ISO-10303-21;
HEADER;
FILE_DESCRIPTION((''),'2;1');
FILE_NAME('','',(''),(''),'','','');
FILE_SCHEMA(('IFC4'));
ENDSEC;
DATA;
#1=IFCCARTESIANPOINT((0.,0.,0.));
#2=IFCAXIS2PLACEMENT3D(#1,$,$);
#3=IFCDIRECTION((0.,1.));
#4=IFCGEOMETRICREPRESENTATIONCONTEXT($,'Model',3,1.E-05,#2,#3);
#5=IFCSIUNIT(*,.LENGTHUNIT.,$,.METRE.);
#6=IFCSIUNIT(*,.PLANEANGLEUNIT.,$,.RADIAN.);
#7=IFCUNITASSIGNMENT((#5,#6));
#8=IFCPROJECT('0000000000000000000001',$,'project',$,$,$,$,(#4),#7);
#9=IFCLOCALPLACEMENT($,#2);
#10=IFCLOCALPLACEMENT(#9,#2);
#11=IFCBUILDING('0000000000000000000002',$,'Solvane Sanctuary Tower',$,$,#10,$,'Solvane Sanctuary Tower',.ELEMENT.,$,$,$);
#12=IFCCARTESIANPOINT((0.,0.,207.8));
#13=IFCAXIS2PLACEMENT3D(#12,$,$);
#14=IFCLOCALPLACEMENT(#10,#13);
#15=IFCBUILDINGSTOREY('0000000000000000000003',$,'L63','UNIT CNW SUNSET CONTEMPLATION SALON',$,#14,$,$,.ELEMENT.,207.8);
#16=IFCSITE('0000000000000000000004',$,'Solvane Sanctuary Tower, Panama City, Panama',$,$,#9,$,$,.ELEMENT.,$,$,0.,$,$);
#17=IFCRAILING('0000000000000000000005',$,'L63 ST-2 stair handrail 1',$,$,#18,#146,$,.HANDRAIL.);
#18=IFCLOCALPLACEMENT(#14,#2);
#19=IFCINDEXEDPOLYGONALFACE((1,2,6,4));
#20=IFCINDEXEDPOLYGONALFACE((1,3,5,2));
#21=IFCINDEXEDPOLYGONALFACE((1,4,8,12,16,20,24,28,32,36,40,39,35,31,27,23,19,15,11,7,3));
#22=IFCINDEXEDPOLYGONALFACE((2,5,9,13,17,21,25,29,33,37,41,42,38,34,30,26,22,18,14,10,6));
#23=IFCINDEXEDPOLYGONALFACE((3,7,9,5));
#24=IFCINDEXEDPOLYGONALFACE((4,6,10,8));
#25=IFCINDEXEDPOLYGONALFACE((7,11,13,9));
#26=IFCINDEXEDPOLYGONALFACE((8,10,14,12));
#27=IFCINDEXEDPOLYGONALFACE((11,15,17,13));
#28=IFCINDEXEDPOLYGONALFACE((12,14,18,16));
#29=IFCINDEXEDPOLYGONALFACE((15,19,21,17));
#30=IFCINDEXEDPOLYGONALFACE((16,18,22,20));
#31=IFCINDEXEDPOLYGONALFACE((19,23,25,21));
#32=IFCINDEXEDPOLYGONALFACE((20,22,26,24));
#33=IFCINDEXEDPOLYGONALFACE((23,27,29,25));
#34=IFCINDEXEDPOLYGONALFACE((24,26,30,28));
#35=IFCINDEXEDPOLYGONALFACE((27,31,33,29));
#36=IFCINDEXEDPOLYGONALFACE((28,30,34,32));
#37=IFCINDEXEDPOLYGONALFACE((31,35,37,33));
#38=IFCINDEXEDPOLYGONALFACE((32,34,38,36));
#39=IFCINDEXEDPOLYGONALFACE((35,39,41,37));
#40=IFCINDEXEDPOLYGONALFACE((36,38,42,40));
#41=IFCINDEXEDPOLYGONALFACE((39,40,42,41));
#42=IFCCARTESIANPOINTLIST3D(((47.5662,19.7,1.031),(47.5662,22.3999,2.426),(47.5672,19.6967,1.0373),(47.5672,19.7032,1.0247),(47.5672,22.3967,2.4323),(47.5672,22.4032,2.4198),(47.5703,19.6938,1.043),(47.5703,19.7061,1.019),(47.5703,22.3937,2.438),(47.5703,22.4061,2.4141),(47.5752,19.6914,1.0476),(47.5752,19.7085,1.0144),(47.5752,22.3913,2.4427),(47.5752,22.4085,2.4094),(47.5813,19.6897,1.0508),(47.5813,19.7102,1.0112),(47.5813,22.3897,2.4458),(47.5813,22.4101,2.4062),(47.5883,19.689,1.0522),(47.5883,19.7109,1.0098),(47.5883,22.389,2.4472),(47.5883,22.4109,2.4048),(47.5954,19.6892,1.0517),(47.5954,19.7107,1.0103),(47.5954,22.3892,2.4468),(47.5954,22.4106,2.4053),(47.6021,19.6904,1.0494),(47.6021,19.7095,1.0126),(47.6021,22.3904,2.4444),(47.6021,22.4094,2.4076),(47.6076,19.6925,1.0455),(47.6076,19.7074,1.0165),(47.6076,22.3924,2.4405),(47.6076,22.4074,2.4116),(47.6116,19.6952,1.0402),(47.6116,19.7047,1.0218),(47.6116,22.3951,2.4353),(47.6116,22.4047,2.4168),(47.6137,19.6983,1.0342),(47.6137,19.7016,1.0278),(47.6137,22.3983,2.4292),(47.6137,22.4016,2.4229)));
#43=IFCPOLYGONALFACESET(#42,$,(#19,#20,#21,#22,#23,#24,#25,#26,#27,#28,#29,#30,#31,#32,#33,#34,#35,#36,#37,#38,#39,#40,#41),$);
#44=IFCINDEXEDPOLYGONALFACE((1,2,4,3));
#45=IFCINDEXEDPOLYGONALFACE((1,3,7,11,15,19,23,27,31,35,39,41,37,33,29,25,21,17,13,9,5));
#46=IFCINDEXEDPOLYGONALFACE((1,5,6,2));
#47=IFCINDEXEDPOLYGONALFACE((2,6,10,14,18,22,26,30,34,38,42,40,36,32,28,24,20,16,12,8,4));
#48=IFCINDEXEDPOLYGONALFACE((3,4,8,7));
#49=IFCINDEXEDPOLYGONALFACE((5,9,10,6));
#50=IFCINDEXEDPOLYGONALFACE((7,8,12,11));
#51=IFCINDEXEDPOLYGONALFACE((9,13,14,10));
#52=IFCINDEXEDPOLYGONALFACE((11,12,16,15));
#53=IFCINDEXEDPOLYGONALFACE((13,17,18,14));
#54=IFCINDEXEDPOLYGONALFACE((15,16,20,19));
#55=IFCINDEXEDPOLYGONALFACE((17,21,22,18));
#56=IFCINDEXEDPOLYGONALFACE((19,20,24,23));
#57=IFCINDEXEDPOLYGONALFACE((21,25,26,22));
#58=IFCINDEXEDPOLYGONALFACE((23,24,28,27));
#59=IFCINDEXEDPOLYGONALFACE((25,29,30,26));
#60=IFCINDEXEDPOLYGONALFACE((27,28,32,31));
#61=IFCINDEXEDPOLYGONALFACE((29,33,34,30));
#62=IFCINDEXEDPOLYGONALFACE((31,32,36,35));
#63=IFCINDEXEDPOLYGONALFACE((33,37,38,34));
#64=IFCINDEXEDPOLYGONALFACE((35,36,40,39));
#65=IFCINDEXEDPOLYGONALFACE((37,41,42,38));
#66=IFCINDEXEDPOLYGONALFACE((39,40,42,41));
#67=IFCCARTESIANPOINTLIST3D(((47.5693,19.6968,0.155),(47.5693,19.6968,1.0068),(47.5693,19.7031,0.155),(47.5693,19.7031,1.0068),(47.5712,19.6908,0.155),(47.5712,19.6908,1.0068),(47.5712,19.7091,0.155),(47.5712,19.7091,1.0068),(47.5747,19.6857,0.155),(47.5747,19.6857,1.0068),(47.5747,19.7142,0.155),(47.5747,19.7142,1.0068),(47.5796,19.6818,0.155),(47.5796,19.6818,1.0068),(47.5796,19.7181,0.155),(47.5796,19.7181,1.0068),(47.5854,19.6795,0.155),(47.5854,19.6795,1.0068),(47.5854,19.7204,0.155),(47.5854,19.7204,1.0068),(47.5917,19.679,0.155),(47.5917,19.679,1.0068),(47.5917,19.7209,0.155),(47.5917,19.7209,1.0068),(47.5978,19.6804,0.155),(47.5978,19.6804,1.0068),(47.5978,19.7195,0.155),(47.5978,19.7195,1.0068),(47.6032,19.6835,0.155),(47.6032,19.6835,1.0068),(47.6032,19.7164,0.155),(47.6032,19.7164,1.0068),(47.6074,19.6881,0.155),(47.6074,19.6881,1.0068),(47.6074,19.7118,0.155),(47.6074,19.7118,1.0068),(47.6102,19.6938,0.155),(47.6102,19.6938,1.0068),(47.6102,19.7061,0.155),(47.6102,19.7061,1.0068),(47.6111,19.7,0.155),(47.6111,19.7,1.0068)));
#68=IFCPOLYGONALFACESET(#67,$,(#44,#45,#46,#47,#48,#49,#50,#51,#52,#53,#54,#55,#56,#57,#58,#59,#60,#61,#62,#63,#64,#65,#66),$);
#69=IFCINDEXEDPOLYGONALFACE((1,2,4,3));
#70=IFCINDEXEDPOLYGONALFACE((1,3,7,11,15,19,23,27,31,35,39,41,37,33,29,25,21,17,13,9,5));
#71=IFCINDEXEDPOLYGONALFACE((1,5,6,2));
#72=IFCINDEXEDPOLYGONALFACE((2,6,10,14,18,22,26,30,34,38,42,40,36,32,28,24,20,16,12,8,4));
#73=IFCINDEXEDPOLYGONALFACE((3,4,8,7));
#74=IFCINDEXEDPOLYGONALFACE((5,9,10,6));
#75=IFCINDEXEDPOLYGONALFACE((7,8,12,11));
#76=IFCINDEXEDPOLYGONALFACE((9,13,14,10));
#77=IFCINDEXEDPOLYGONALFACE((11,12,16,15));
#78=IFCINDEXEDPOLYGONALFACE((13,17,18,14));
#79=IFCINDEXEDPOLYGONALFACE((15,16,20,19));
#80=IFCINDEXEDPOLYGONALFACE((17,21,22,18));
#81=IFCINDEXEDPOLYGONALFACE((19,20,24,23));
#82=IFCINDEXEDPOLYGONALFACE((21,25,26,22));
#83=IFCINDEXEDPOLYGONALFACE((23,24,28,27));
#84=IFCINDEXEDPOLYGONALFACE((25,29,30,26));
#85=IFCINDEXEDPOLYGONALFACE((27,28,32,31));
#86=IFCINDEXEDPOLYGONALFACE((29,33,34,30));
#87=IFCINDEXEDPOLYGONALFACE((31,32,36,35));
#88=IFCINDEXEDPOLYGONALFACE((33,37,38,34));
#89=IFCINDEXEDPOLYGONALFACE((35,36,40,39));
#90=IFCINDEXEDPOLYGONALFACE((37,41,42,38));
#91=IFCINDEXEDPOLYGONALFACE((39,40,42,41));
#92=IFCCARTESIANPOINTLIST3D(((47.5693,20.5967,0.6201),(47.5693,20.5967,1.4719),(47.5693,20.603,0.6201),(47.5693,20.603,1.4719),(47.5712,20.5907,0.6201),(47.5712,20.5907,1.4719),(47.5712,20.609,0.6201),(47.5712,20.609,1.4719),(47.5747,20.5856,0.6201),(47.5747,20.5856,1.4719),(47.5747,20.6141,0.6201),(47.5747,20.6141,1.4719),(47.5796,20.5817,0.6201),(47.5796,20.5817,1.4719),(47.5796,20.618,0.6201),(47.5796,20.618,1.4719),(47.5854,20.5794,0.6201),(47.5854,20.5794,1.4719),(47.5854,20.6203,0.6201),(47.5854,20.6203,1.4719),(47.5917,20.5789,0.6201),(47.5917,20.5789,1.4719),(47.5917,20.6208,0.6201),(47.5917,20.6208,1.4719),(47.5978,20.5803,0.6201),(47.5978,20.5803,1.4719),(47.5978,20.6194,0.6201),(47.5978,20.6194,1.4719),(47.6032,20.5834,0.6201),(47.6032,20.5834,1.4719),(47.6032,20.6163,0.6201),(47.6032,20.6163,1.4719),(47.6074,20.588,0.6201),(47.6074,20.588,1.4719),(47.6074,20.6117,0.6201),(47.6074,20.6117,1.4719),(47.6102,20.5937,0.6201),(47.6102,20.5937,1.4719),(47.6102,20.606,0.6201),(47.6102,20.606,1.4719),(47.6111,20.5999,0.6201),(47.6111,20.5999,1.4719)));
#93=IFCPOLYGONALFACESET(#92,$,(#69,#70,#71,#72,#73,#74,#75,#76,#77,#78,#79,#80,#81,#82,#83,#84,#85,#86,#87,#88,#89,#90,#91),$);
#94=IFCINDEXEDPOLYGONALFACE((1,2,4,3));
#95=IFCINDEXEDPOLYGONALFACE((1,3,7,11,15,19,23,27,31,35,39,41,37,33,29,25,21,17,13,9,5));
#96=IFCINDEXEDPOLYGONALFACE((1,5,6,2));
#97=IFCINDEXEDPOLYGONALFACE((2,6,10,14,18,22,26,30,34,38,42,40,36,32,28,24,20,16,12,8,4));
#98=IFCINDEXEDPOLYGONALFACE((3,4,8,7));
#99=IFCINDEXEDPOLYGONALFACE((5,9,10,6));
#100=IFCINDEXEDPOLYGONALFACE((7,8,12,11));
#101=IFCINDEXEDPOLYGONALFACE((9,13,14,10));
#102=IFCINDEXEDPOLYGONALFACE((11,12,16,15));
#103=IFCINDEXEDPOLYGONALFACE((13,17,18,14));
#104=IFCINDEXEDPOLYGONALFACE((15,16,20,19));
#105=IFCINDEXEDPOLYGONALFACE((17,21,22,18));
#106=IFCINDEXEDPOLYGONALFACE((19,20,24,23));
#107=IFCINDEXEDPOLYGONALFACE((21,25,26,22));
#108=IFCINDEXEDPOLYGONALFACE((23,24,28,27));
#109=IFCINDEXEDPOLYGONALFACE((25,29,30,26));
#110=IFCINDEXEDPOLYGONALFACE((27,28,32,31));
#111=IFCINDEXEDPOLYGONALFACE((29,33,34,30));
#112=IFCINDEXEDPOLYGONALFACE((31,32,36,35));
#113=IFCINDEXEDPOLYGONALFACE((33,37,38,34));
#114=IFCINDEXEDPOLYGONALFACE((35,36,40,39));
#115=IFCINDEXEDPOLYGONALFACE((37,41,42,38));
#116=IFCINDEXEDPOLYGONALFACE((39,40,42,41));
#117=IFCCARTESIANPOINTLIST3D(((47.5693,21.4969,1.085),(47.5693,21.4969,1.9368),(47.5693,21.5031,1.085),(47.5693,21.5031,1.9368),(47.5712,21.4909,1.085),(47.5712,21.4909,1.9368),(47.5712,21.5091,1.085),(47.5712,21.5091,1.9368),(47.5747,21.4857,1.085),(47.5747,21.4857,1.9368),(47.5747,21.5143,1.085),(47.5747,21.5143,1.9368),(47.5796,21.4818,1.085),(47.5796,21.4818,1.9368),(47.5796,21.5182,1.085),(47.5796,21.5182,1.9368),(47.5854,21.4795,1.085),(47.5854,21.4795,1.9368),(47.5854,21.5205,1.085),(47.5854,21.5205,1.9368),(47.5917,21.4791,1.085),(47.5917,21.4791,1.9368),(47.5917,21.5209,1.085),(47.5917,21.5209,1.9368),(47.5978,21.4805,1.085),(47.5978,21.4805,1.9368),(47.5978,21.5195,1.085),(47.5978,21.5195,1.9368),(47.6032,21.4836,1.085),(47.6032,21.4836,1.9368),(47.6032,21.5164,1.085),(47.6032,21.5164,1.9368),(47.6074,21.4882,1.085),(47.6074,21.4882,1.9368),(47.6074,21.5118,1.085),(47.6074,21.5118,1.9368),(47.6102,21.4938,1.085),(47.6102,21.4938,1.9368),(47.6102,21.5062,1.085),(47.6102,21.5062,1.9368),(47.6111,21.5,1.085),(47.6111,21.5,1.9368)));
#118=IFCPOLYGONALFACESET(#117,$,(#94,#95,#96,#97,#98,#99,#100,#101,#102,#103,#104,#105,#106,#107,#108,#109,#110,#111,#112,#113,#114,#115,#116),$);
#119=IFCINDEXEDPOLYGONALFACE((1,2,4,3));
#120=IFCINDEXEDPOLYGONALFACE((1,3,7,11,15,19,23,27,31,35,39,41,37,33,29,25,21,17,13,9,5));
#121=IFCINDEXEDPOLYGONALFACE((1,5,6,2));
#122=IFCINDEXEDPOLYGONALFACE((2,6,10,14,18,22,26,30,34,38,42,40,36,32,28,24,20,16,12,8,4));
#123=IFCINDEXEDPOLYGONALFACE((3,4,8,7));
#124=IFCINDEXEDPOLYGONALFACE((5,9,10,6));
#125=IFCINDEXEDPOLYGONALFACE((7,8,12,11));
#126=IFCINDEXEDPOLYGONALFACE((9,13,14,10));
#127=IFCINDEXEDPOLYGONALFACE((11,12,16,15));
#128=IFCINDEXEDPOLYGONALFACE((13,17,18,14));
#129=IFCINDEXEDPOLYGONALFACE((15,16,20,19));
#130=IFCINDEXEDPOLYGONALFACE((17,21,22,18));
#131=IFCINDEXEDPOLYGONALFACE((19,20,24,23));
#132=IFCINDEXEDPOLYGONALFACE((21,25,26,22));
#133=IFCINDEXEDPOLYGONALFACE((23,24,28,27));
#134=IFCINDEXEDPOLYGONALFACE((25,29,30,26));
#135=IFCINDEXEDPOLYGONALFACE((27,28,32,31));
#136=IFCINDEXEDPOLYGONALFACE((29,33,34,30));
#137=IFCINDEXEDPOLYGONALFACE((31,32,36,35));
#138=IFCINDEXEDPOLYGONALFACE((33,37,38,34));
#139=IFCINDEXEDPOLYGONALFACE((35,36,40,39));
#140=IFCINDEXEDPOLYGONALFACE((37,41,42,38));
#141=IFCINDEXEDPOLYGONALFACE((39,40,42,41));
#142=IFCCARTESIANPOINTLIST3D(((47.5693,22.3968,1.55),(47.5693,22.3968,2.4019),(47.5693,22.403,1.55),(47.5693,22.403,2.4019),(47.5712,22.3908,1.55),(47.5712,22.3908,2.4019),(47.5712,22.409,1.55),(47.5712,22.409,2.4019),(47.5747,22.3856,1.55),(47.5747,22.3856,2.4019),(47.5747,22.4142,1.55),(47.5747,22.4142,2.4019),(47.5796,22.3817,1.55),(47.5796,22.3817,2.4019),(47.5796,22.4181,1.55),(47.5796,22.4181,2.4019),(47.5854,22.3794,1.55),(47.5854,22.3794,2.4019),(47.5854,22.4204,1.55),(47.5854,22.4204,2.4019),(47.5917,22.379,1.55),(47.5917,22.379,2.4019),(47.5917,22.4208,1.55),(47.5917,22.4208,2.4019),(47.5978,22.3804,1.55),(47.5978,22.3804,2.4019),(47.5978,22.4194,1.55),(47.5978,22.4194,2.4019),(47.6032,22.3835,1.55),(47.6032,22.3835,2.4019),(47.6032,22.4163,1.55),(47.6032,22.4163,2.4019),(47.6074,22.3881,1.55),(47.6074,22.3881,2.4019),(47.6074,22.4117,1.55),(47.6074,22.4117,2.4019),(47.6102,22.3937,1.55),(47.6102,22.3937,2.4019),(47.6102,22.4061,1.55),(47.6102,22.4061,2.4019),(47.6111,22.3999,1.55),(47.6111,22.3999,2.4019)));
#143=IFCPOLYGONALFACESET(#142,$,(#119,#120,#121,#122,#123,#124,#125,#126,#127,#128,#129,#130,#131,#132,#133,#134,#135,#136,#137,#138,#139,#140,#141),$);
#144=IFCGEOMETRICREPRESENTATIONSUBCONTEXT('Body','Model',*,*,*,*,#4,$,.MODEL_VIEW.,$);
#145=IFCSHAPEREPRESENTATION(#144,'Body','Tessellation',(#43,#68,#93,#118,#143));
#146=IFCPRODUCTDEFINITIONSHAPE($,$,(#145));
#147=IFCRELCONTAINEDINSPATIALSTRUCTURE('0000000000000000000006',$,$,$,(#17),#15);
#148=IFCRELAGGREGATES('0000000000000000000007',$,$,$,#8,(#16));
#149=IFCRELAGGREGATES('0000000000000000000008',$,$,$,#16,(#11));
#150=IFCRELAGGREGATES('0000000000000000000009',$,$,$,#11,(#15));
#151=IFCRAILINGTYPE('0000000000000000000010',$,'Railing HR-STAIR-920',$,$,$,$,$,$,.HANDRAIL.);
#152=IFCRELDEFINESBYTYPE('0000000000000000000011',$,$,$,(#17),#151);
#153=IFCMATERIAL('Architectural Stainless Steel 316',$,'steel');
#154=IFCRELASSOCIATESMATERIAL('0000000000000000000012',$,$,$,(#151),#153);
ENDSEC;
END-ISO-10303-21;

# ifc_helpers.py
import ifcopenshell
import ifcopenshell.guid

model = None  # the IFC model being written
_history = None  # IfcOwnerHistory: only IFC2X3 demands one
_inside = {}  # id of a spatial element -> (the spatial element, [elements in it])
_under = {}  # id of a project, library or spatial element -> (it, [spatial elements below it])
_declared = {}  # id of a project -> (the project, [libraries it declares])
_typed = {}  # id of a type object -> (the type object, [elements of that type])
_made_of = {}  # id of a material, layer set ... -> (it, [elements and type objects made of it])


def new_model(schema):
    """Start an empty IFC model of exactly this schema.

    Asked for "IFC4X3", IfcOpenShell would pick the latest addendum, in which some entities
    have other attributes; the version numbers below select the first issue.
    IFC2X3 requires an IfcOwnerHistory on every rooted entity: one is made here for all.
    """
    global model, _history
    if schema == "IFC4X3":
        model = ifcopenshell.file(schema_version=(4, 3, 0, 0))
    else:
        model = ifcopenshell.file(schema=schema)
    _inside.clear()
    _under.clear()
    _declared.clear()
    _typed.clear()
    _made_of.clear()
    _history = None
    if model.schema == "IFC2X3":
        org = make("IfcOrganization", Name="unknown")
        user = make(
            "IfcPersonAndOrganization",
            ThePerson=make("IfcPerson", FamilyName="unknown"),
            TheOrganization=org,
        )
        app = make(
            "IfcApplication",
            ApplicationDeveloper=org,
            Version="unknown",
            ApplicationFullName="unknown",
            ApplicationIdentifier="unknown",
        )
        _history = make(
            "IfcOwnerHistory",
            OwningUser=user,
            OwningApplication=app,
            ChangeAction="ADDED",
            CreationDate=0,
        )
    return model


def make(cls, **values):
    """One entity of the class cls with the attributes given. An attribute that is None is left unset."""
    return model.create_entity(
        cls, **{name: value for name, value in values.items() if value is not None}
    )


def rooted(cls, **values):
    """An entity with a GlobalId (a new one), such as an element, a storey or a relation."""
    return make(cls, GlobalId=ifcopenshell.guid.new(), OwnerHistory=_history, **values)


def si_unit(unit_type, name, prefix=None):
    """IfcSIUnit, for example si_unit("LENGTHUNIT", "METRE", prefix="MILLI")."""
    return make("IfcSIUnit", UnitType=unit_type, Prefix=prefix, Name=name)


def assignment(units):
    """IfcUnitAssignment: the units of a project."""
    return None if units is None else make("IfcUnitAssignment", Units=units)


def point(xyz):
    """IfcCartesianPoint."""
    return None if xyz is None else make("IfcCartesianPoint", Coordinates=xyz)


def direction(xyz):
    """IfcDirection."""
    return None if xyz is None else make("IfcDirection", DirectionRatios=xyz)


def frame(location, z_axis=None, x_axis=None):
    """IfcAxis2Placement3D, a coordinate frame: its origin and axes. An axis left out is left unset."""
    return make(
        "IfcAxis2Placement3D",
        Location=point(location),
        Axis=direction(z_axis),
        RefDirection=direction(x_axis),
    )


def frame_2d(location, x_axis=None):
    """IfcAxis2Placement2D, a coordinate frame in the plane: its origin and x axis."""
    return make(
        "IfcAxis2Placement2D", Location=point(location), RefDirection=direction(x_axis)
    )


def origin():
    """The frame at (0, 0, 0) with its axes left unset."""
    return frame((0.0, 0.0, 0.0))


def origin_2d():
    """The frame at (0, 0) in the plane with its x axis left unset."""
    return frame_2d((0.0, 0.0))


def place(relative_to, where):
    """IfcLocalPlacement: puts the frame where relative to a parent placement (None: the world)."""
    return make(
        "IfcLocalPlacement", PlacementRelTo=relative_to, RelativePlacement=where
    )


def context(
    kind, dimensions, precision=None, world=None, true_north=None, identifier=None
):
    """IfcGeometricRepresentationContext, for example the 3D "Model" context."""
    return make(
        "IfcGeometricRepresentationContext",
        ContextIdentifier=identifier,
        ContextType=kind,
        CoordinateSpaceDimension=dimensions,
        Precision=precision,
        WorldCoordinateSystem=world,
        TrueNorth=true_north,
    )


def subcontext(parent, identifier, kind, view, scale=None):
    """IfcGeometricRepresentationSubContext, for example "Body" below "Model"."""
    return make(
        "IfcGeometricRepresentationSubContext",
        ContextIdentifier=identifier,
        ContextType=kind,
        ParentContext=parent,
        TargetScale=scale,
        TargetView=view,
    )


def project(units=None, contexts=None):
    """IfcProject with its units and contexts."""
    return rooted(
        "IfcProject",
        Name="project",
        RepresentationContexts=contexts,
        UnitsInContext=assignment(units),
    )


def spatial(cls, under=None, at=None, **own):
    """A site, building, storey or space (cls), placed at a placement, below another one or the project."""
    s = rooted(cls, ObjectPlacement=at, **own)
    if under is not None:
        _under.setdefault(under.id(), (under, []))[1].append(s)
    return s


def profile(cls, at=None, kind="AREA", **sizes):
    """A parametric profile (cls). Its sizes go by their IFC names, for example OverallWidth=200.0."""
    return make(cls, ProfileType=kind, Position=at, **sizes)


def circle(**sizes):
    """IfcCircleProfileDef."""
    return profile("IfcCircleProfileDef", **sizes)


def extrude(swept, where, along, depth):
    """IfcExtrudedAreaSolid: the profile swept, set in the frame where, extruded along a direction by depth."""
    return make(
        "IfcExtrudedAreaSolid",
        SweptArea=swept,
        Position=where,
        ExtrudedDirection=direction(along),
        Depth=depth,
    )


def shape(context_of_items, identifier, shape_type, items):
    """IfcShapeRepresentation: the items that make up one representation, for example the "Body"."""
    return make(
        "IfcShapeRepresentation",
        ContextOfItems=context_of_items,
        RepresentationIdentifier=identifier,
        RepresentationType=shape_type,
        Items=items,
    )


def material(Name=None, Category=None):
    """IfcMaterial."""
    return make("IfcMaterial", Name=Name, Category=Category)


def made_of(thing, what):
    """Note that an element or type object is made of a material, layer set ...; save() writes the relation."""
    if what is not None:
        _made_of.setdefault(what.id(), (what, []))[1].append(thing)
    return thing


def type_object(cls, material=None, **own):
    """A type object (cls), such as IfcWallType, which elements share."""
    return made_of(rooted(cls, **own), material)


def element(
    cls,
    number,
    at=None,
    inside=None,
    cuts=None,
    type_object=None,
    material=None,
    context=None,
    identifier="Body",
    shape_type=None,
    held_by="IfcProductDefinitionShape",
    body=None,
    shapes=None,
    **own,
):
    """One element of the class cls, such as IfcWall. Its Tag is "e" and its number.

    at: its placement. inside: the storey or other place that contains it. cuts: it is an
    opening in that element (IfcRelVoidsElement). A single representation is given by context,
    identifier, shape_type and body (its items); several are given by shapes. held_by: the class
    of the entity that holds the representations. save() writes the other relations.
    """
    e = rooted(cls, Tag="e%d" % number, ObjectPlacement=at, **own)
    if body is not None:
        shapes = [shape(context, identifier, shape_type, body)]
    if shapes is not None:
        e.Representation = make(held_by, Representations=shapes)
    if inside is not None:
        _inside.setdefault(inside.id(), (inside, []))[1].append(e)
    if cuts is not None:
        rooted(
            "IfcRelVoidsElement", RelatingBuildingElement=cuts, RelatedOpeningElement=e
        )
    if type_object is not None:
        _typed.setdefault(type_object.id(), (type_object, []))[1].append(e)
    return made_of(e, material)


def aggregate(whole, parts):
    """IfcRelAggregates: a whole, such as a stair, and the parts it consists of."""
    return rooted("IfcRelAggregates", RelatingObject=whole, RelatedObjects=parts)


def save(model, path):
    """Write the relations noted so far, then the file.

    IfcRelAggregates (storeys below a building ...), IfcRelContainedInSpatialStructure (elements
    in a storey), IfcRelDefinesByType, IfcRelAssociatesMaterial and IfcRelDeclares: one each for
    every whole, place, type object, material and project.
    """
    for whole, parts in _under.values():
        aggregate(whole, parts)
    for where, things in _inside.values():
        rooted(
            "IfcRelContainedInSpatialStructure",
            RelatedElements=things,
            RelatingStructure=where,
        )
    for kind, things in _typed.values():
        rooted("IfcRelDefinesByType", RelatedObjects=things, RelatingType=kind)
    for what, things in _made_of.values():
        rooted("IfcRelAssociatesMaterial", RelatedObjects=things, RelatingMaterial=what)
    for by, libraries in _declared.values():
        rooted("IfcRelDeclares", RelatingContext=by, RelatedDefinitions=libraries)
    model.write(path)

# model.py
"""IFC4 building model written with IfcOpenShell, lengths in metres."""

from ifc_helpers import new_model, si_unit, direction, frame, origin, origin_2d, place, context, subcontext, project, spatial, circle, extrude, material, type_object, element, save


model = new_model("IFC4")

# Units and contexts
model_context = context("Model", 3, precision=1e-05, world=origin(), true_north=direction((0.0, 1.0)))
body_context = subcontext(model_context, "Body", "Model", "MODEL_VIEW")
ifc_project = project(units=[si_unit("LENGTHUNIT", "METRE"), si_unit("PLANEANGLEUNIT", "RADIAN")], contexts=[model_context])

# Site, building, storey
site_placement = place(None, origin())
site = spatial("IfcSite", under=ifc_project, at=site_placement, Name="Solvane Sanctuary Tower, Panama City, Panama", CompositionType="ELEMENT", RefElevation=0.0)
building_placement = place(site_placement, origin())
building = spatial("IfcBuilding", under=site, at=building_placement, Name="Solvane Sanctuary Tower", LongName="Solvane Sanctuary Tower", CompositionType="ELEMENT")
storey_placement = place(building_placement, frame((0.0, 0.0, 207.8)))
storey = spatial("IfcBuildingStorey", under=building, at=storey_placement, Name="L63", Description="UNIT CNW SUNSET CONTEMPLATION SALON", CompositionType="ELEMENT", Elevation=207.8)

# Railing
ifc_material_1 = material(Name="Architectural Stainless Steel 316", Category="steel")
railing_type_1 = type_object("IfcRailingType", Name="Railing HR-STAIR-920", PredefinedType="HANDRAIL", material=ifc_material_1)
railing_1_placement = place(storey_placement, frame((47.5901, 19.7, 0.155)))
element("IfcRailing", 1, at=railing_1_placement, inside=storey, type_object=railing_type_1, Name="L63 ST-2 stair handrail 1", PredefinedType="HANDRAIL", context=body_context, shape_type="SweptSolid", body=[
    extrude(circle(Radius=0.0239, at=origin_2d()), frame((0.0, 0.0, 0.876), z_axis=(0.0, 0.88842, 0.459032), x_axis=(-1.0, 0.0, 0.0)), (0.0, 0.0, 1.0), 3.0391),
    extrude(circle(Radius=0.021, at=origin_2d()), origin(), (0.0, 0.0, 1.0), 0.8518),
    extrude(circle(Radius=0.021, at=origin_2d()), frame((0.0, 0.8999, 0.4651)), (0.0, 0.0, 1.0), 0.8518),
    extrude(circle(Radius=0.021, at=origin_2d()), frame((0.0, 1.8, 0.9299)), (0.0, 0.0, 1.0), 0.8518),
    extrude(circle(Radius=0.021, at=origin_2d()), frame((0.0, 2.7, 1.395)), (0.0, 0.0, 1.0), 0.8518),
])

save(model, "model.ifc")
